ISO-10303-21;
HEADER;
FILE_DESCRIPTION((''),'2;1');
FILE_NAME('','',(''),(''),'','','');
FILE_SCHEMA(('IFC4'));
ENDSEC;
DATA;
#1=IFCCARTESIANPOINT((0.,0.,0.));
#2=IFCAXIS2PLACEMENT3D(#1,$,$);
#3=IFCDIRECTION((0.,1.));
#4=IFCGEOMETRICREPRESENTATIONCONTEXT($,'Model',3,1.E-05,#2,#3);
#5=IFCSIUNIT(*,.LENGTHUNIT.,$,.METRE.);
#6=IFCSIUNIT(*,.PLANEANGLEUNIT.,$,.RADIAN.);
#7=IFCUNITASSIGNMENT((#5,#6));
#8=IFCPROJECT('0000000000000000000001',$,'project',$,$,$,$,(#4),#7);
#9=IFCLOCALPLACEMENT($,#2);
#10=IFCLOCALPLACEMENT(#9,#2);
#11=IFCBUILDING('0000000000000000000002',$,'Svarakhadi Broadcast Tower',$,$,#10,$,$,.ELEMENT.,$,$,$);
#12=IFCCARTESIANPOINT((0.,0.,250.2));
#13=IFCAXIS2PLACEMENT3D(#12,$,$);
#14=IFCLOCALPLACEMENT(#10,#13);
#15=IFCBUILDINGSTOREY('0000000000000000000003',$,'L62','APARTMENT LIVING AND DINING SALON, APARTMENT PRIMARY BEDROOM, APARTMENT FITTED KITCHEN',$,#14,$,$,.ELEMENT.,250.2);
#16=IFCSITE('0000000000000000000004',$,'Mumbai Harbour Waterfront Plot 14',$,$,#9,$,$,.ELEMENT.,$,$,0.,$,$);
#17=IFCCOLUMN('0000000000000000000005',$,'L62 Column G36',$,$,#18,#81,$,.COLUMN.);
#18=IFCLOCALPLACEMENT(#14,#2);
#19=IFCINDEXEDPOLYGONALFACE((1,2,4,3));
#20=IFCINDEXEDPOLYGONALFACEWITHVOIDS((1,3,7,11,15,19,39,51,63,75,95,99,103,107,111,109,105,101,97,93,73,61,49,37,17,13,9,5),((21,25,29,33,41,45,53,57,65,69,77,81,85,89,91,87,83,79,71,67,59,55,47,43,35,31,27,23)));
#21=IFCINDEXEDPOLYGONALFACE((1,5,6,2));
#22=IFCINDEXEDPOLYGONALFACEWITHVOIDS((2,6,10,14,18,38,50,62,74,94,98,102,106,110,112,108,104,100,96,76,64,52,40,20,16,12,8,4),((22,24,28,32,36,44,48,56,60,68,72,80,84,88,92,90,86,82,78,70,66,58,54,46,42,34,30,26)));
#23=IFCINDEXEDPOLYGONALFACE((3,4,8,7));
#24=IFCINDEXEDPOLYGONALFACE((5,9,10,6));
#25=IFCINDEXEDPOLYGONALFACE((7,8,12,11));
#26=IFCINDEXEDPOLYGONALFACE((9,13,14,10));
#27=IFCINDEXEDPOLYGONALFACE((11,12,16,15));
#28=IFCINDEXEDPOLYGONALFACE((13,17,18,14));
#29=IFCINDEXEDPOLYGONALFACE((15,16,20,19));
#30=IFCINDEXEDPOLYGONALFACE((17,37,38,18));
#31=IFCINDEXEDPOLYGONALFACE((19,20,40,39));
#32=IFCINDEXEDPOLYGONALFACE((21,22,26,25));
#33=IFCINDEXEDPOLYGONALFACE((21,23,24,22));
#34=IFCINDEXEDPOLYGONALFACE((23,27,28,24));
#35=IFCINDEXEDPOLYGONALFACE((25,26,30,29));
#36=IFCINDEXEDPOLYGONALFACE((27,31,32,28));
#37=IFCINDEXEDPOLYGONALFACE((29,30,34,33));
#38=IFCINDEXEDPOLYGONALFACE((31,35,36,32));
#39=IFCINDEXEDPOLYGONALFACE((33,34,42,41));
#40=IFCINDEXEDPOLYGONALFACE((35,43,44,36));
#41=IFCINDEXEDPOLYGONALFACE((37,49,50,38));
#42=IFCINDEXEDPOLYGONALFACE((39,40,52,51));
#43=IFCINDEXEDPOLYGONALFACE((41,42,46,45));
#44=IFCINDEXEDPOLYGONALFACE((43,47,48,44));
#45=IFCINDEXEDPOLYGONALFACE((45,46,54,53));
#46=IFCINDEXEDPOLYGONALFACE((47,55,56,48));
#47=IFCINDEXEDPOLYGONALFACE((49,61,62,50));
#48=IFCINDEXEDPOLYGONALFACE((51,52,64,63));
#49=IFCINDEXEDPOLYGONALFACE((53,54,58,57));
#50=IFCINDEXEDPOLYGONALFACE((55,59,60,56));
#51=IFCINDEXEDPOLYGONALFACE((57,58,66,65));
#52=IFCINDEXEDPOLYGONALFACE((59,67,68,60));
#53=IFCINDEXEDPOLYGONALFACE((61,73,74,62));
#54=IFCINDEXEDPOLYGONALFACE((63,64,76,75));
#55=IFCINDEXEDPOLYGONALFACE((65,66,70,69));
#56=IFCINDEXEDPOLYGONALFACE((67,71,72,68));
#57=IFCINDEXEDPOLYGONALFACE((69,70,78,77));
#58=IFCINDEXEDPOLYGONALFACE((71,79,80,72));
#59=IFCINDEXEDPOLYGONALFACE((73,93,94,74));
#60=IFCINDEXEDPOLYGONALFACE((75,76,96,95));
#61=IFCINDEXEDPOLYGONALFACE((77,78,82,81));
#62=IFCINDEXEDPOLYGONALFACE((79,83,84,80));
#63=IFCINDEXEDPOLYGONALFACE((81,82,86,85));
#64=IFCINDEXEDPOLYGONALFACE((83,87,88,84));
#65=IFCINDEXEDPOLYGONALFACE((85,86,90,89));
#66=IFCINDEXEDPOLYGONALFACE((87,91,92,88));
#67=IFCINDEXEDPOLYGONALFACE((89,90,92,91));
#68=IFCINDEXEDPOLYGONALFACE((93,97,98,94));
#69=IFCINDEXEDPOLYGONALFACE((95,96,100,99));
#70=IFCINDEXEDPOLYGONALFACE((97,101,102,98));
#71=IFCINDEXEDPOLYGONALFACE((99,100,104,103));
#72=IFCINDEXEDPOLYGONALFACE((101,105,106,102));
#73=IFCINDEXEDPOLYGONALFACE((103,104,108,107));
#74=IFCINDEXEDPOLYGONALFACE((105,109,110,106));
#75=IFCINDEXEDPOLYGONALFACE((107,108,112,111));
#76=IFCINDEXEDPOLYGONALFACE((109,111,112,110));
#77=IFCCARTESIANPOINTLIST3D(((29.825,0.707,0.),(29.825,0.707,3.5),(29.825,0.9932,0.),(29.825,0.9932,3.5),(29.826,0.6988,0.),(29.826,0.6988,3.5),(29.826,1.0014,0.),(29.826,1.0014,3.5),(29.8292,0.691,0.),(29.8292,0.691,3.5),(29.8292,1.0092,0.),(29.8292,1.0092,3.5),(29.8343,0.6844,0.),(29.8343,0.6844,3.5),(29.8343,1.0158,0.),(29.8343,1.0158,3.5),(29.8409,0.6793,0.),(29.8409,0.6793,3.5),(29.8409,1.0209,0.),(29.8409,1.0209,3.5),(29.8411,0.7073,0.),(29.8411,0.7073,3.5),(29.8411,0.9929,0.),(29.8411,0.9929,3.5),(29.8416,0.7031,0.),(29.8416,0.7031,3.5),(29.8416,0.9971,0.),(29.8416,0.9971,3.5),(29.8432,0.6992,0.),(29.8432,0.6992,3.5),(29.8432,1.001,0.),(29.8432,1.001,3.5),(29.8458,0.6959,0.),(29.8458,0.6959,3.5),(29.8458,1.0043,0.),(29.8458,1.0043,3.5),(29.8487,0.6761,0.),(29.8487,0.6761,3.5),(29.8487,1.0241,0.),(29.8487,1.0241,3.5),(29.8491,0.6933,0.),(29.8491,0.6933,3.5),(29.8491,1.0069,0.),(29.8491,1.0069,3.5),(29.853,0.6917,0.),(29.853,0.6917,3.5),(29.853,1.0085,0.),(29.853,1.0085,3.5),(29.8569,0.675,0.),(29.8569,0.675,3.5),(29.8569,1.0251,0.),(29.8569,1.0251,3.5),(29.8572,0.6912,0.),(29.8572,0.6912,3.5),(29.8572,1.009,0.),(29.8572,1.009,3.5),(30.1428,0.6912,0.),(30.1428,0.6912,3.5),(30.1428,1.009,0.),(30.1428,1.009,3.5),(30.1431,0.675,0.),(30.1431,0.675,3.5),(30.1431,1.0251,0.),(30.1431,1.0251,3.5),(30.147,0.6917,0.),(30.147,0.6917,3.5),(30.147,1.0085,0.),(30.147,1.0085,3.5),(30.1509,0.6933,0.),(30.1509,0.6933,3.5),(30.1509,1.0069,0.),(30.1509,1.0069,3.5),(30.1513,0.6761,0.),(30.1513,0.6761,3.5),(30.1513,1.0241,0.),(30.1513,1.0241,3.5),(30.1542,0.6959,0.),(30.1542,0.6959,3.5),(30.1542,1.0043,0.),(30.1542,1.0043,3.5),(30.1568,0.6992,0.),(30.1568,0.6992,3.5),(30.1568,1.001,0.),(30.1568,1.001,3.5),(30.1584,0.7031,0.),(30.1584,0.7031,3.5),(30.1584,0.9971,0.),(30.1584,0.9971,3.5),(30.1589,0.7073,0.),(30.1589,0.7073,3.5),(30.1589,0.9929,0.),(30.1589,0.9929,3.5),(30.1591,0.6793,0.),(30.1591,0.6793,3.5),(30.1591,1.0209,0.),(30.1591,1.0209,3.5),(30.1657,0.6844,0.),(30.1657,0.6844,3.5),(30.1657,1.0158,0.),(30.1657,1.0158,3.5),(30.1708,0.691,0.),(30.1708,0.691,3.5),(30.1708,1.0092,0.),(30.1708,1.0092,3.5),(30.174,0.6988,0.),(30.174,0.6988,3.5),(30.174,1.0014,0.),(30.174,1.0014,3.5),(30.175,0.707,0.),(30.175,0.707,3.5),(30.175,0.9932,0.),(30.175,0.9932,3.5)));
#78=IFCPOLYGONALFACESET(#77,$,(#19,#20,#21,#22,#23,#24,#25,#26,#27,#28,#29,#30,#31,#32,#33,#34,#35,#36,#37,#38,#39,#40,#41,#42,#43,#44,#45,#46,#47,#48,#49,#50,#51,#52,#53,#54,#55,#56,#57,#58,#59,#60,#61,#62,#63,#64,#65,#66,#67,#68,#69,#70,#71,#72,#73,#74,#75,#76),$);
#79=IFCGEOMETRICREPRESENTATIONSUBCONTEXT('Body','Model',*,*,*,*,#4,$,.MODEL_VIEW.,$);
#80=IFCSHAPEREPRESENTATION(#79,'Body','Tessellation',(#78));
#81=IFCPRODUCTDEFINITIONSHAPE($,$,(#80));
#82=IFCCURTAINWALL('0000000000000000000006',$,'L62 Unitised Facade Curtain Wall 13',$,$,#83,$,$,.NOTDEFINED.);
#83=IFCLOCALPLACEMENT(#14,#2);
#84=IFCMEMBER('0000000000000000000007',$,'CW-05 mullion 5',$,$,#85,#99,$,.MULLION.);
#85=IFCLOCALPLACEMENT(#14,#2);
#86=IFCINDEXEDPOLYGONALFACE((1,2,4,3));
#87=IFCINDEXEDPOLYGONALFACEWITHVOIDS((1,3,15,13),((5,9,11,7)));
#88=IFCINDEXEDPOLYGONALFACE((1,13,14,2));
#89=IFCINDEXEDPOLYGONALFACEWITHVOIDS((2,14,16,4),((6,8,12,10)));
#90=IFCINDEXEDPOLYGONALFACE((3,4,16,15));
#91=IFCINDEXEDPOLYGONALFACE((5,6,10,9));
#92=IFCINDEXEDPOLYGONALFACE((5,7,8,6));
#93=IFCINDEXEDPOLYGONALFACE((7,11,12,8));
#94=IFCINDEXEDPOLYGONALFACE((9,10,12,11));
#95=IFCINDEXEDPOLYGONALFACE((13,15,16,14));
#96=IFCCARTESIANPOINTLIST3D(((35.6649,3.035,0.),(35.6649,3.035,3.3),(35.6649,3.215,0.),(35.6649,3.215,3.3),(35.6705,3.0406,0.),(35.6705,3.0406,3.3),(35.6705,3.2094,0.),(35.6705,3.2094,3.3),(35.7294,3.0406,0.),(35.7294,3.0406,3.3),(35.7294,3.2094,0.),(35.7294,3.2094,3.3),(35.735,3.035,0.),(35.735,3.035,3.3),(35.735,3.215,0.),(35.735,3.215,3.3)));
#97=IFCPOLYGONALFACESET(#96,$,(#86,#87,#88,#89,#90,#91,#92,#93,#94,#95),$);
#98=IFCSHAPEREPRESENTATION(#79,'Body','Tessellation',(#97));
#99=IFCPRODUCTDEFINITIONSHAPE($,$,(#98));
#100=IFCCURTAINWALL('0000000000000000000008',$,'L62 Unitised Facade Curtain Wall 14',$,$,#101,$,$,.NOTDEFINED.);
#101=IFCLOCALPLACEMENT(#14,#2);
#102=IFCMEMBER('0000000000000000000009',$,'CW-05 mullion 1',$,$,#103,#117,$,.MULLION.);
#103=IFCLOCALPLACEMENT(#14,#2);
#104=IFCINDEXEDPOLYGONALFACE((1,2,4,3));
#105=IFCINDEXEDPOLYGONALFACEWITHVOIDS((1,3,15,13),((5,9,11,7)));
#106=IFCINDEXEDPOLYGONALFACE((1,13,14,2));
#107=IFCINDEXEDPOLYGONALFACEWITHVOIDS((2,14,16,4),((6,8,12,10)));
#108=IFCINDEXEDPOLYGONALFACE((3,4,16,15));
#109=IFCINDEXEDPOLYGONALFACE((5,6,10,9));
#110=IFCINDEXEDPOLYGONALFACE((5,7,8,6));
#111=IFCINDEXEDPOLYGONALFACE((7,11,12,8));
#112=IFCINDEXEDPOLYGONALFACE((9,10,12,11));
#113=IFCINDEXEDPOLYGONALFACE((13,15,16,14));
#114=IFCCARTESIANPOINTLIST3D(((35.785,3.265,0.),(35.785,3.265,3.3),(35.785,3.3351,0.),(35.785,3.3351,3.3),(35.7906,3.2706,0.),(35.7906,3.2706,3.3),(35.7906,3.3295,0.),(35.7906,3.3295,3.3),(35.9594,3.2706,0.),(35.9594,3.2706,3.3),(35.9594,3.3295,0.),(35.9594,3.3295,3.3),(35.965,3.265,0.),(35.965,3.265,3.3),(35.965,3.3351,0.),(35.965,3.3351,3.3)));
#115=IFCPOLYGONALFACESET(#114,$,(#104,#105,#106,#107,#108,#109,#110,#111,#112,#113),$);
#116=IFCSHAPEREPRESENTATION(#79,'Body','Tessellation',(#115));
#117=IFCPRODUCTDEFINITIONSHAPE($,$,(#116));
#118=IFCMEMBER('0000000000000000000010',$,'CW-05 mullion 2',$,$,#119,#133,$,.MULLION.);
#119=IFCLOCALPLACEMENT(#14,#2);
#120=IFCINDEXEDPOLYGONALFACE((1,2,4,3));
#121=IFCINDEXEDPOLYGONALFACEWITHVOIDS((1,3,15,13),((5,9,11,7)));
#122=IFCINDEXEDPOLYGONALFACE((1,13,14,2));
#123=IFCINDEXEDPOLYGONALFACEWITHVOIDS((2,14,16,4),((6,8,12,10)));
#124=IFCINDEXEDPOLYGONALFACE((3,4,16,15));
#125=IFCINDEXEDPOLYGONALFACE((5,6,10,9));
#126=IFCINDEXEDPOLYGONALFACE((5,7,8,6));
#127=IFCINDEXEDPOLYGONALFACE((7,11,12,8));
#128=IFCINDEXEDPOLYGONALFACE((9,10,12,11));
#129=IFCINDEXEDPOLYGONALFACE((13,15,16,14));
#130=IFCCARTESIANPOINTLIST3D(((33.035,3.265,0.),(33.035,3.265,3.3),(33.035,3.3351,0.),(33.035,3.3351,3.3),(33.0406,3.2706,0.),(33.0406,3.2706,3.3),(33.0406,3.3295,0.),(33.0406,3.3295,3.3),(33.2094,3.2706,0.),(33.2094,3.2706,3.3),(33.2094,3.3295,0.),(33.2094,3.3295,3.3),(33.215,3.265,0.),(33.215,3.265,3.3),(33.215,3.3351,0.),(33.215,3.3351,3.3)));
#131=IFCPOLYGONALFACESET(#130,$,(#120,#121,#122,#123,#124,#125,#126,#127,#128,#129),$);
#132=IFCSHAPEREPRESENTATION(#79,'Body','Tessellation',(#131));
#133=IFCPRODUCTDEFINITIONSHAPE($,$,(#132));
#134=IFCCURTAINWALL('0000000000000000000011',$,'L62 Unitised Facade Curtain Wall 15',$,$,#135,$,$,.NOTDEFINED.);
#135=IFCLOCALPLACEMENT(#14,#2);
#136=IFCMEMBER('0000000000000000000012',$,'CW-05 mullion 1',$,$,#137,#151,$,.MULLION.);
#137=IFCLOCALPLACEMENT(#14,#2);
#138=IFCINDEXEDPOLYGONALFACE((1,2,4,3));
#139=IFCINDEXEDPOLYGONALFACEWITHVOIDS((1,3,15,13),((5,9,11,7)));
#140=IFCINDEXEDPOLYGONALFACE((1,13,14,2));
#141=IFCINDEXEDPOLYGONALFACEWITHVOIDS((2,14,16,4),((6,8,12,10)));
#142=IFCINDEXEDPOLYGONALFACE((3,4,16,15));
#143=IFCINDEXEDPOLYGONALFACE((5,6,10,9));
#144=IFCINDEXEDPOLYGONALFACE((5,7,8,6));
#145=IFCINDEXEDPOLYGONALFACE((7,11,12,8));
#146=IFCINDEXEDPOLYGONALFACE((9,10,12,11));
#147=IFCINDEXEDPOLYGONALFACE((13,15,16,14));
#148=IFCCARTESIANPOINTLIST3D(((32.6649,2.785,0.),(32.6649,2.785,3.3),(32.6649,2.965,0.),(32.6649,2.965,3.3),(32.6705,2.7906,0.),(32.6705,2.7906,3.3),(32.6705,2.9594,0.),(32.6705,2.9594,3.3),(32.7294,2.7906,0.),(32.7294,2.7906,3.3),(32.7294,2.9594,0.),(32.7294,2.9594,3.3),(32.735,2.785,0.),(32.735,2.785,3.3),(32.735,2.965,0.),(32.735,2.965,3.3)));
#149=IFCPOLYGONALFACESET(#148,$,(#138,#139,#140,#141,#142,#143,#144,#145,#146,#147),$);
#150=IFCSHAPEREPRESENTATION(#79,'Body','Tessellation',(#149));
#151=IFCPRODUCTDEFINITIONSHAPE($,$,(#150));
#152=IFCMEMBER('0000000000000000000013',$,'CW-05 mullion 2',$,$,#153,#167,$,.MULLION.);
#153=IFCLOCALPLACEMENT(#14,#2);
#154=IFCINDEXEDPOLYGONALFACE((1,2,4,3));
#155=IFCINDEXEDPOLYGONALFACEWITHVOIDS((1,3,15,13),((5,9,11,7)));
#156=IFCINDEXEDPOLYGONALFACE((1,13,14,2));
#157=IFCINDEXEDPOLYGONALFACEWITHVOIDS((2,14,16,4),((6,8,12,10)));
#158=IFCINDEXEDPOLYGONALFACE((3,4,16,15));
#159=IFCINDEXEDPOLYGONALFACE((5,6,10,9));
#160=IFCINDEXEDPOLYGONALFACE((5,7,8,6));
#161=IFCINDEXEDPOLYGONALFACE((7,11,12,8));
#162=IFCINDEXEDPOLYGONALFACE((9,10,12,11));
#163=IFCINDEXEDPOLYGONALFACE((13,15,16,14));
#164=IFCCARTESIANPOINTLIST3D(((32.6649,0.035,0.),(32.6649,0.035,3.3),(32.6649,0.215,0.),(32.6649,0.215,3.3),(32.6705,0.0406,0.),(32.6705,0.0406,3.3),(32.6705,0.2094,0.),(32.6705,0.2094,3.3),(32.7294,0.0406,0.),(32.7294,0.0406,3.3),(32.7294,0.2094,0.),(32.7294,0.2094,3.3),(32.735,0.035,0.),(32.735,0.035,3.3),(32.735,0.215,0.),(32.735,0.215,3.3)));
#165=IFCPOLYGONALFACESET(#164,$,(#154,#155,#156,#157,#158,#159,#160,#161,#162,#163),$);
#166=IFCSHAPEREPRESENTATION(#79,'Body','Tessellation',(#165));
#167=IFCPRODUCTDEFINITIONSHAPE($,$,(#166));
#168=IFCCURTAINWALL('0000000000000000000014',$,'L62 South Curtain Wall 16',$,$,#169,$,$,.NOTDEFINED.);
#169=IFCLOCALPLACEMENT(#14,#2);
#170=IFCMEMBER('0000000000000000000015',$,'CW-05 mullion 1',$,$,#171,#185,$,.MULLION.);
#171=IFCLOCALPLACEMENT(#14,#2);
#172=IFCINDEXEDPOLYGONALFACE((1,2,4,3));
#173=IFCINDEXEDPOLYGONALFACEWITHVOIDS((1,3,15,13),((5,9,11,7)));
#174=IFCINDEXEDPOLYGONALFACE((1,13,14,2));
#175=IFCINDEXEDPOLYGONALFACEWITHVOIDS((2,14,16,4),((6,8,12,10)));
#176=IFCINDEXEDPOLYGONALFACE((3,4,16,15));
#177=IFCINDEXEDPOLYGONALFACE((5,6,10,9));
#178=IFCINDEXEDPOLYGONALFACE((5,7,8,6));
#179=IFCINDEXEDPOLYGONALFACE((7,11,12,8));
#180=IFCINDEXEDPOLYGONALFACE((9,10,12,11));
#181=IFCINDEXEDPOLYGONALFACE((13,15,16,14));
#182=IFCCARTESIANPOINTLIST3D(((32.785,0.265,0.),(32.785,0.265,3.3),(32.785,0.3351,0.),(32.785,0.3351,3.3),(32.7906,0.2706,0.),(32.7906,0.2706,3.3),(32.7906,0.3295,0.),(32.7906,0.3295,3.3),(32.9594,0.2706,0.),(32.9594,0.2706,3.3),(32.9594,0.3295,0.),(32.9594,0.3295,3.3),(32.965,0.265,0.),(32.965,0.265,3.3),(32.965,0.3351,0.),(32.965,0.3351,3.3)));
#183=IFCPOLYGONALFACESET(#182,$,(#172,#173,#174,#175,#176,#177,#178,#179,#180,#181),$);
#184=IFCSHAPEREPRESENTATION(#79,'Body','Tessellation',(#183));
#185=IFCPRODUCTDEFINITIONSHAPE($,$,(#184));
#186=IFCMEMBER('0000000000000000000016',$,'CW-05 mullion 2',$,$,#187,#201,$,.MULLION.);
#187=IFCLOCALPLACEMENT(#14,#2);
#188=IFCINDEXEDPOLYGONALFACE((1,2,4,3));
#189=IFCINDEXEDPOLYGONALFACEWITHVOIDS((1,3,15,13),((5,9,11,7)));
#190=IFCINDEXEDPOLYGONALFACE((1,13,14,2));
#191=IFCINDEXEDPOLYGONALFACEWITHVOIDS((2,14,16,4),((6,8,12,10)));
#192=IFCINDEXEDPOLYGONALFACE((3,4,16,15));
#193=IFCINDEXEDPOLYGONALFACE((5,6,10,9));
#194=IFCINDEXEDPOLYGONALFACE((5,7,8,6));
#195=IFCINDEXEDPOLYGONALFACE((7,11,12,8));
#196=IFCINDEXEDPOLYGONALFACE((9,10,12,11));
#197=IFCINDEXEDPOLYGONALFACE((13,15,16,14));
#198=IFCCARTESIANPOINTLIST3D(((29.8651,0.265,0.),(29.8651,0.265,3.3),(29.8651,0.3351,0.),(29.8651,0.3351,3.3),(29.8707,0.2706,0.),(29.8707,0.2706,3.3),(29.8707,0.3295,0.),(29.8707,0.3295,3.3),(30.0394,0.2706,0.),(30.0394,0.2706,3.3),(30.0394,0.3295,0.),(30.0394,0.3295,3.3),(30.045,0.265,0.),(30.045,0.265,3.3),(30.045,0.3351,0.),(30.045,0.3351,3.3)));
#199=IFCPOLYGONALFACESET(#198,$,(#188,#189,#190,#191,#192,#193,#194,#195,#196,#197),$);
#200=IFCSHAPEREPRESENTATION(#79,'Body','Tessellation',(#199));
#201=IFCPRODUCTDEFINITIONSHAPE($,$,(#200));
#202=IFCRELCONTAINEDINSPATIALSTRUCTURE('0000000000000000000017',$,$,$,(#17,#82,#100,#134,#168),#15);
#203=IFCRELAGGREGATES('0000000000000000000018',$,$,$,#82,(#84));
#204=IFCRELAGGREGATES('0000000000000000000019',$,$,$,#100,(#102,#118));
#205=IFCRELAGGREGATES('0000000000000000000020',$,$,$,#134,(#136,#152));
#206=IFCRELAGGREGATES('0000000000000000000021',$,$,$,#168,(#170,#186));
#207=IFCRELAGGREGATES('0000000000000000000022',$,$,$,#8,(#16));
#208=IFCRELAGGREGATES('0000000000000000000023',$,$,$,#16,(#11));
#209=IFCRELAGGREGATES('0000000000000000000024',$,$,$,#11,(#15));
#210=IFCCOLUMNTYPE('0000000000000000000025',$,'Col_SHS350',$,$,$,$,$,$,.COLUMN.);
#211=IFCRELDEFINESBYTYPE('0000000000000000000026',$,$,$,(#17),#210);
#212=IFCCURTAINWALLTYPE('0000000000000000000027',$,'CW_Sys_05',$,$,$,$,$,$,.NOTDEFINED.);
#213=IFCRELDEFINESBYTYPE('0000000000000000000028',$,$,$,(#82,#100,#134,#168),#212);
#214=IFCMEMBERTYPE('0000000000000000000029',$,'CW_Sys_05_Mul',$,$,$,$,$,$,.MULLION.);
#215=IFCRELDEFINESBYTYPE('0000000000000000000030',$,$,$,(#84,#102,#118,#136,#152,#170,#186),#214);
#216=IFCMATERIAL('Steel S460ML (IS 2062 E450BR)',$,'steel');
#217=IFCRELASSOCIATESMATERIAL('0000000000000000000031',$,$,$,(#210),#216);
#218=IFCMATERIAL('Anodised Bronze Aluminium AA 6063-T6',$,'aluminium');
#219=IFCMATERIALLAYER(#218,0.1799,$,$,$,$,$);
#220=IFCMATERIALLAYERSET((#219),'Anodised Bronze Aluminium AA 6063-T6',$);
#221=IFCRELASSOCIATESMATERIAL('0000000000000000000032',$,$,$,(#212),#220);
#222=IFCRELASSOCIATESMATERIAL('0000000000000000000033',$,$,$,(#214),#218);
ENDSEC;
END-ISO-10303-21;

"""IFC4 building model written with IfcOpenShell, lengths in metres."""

from ifc_helpers import new_model, si_unit, direction, frame, origin, origin_2d, place, context, subcontext, project, spatial, hollow_rectangle, extrude, material, layer, layer_set, material_profile, profile_set, type_object, element, aggregate, save


model = new_model("IFC4")

# Units and contexts
model_context = context("Model", 3, precision=1e-05, world=origin(), true_north=direction((0.0, 1.0)))
body_context = subcontext(model_context, "Body", "Model", "MODEL_VIEW")
ifc_project = project(units=[si_unit("LENGTHUNIT", "METRE"), si_unit("PLANEANGLEUNIT", "RADIAN")], contexts=[model_context])

# Site, building, storey
site_placement = place(None, origin())
site = spatial("IfcSite", under=ifc_project, at=site_placement, Name="Mumbai Harbour Waterfront Plot 14", CompositionType="ELEMENT", RefElevation=0.0)
building_placement = place(site_placement, origin())
building = spatial("IfcBuilding", under=site, at=building_placement, Name="Svarakhadi Broadcast Tower", CompositionType="ELEMENT")
storey_placement = place(building_placement, frame((0.0, 0.0, 250.2)))
storey = spatial("IfcBuildingStorey", under=building, at=storey_placement, Name="L62", Description="APARTMENT LIVING AND DINING SALON, APARTMENT PRIMARY BEDROOM, APARTMENT FITTED KITCHEN", CompositionType="ELEMENT", Elevation=250.2)

# Column
ifc_material_1 = material(Name="Steel S460ML (IS 2062 E450BR)", Category="steel")
ifc_material_profile_1 = material_profile(ifc_material_1, hollow_rectangle(XDim=0.3501, YDim=0.3501, WallThickness=0.0161, InnerFilletRadius=0.0161, OuterFilletRadius=0.032, at=origin_2d()), Name="SHS 350x350x16")
ifc_profile_set_1 = profile_set([ifc_material_profile_1], Name="Steel S460ML (IS 2062 E450BR)")
column_type = type_object("IfcColumnType", Name="Col_SHS350", PredefinedType="COLUMN", material=ifc_profile_set_1)
column_placement = place(storey_placement, frame((30.0, 0.8501, 0.0), z_axis=(0.0, 0.0, 1.0), x_axis=(1.0, 0.0, 0.0)))
element("IfcColumn", 1, at=column_placement, inside=storey, type_object=column_type, Name="L62 Column G36", PredefinedType="COLUMN", context=body_context, shape_type="SweptSolid", body=[
    extrude(hollow_rectangle(XDim=0.3501, YDim=0.3501, WallThickness=0.0161, InnerFilletRadius=0.0161, OuterFilletRadius=0.032, at=origin_2d()), origin(), (0.0, 0.0, 1.0), 3.5),
])

# Curtain wall, member
ifc_material_2 = material(Name="Anodised Bronze Aluminium AA 6063-T6", Category="aluminium")
ifc_layer_1 = layer(ifc_material_2, 0.1799)
ifc_layer_set_1 = layer_set([ifc_layer_1], Name="Anodised Bronze Aluminium AA 6063-T6")
curtain_wall_type = type_object("IfcCurtainWallType", Name="CW_Sys_05", PredefinedType="NOTDEFINED", material=ifc_layer_set_1)
curtain_wall_1_placement = place(storey_placement, origin())
curtain_wall_1 = element("IfcCurtainWall", 2, at=curtain_wall_1_placement, inside=storey, type_object=curtain_wall_type, Name="L62 Unitised Facade Curtain Wall 13", PredefinedType="NOTDEFINED")
ifc_material_profile_2 = material_profile(ifc_material_2, hollow_rectangle(XDim=0.0701, YDim=0.1799, WallThickness=0.0056, at=origin_2d()), Name="ALU MULLION 180x70x6")
ifc_profile_set_2 = profile_set([ifc_material_profile_2], Name="Anodised Bronze Aluminium AA 6063-T6")
member_type_1 = type_object("IfcMemberType", Name="CW_Sys_05_Mul", PredefinedType="MULLION", material=ifc_profile_set_2)
member_1_placement = place(storey_placement, frame((35.7, 3.125, 0.0), z_axis=(0.0, 0.0, 1.0), x_axis=(1.0, 0.0, 0.0)))
member_1 = element("IfcMember", 3, at=member_1_placement, type_object=member_type_1, Name="CW-05 mullion 5", PredefinedType="MULLION", context=body_context, shape_type="SweptSolid", body=[
    extrude(hollow_rectangle(XDim=0.0701, YDim=0.1799, WallThickness=0.0056, at=origin_2d()), origin(), (0.0, 0.0, 1.0), 3.3),
])

# Curtain walls, members
curtain_wall_2_placement = place(storey_placement, origin())
curtain_wall_2 = element("IfcCurtainWall", 4, at=curtain_wall_2_placement, inside=storey, type_object=curtain_wall_type, Name="L62 Unitised Facade Curtain Wall 14", PredefinedType="NOTDEFINED")
member_2_placement = place(storey_placement, frame((35.875, 3.3, 0.0), z_axis=(0.0, 0.0, 1.0), x_axis=(0.0, -1.0, 0.0)))
member_2 = element("IfcMember", 5, at=member_2_placement, type_object=member_type_1, Name="CW-05 mullion 1", PredefinedType="MULLION", context=body_context, shape_type="SweptSolid", body=[
    extrude(hollow_rectangle(XDim=0.0701, YDim=0.1799, WallThickness=0.0056, at=origin_2d()), origin(), (0.0, 0.0, 1.0), 3.3),
])
member_3_placement = place(storey_placement, frame((33.125, 3.3, 0.0), z_axis=(0.0, 0.0, 1.0), x_axis=(0.0, -1.0, 0.0)))
member_3 = element("IfcMember", 6, at=member_3_placement, type_object=member_type_1, Name="CW-05 mullion 2", PredefinedType="MULLION", context=body_context, shape_type="SweptSolid", body=[
    extrude(hollow_rectangle(XDim=0.0701, YDim=0.1799, WallThickness=0.0056, at=origin_2d()), origin(), (0.0, 0.0, 1.0), 3.3),
])
curtain_wall_3_placement = place(storey_placement, origin())
curtain_wall_3 = element("IfcCurtainWall", 7, at=curtain_wall_3_placement, inside=storey, type_object=curtain_wall_type, Name="L62 Unitised Facade Curtain Wall 15", PredefinedType="NOTDEFINED")
member_4_placement = place(storey_placement, frame((32.7, 2.875, 0.0), z_axis=(0.0, 0.0, 1.0), x_axis=(1.0, 0.0, 0.0)))
member_4 = element("IfcMember", 8, at=member_4_placement, type_object=member_type_1, Name="CW-05 mullion 1", PredefinedType="MULLION", context=body_context, shape_type="SweptSolid", body=[
    extrude(hollow_rectangle(XDim=0.0701, YDim=0.1799, WallThickness=0.0056, at=origin_2d()), origin(), (0.0, 0.0, 1.0), 3.3),
])
member_5_placement = place(storey_placement, frame((32.7, 0.125, 0.0), z_axis=(0.0, 0.0, 1.0), x_axis=(1.0, 0.0, 0.0)))
member_5 = element("IfcMember", 9, at=member_5_placement, type_object=member_type_1, Name="CW-05 mullion 2", PredefinedType="MULLION", context=body_context, shape_type="SweptSolid", body=[
    extrude(hollow_rectangle(XDim=0.0701, YDim=0.1799, WallThickness=0.0056, at=origin_2d()), origin(), (0.0, 0.0, 1.0), 3.3),
])
curtain_wall_4_placement = place(storey_placement, origin())
curtain_wall_4 = element("IfcCurtainWall", 10, at=curtain_wall_4_placement, inside=storey, type_object=curtain_wall_type, Name="L62 South Curtain Wall 16", PredefinedType="NOTDEFINED")
member_6_placement = place(storey_placement, frame((32.875, 0.3, 0.0), z_axis=(0.0, 0.0, 1.0), x_axis=(0.0, -1.0, 0.0)))
member_6 = element("IfcMember", 11, at=member_6_placement, type_object=member_type_1, Name="CW-05 mullion 1", PredefinedType="MULLION", context=body_context, shape_type="SweptSolid", body=[
    extrude(hollow_rectangle(XDim=0.0701, YDim=0.1799, WallThickness=0.0056, at=origin_2d()), origin(), (0.0, 0.0, 1.0), 3.3),
])
member_7_placement = place(storey_placement, frame((29.9551, 0.3, 0.0), z_axis=(0.0, 0.0, 1.0), x_axis=(0.0, -1.0, 0.0)))
member_7 = element("IfcMember", 12, at=member_7_placement, type_object=member_type_1, Name="CW-05 mullion 2", PredefinedType="MULLION", context=body_context, shape_type="SweptSolid", body=[
    extrude(hollow_rectangle(XDim=0.0701, YDim=0.1799, WallThickness=0.0056, at=origin_2d()), origin(), (0.0, 0.0, 1.0), 3.3),
])

aggregate(curtain_wall_1, [member_1])
aggregate(curtain_wall_2, [member_2, member_3])
aggregate(curtain_wall_3, [member_4, member_5])
aggregate(curtain_wall_4, [member_6, member_7])

save(model, "model.ifc")
